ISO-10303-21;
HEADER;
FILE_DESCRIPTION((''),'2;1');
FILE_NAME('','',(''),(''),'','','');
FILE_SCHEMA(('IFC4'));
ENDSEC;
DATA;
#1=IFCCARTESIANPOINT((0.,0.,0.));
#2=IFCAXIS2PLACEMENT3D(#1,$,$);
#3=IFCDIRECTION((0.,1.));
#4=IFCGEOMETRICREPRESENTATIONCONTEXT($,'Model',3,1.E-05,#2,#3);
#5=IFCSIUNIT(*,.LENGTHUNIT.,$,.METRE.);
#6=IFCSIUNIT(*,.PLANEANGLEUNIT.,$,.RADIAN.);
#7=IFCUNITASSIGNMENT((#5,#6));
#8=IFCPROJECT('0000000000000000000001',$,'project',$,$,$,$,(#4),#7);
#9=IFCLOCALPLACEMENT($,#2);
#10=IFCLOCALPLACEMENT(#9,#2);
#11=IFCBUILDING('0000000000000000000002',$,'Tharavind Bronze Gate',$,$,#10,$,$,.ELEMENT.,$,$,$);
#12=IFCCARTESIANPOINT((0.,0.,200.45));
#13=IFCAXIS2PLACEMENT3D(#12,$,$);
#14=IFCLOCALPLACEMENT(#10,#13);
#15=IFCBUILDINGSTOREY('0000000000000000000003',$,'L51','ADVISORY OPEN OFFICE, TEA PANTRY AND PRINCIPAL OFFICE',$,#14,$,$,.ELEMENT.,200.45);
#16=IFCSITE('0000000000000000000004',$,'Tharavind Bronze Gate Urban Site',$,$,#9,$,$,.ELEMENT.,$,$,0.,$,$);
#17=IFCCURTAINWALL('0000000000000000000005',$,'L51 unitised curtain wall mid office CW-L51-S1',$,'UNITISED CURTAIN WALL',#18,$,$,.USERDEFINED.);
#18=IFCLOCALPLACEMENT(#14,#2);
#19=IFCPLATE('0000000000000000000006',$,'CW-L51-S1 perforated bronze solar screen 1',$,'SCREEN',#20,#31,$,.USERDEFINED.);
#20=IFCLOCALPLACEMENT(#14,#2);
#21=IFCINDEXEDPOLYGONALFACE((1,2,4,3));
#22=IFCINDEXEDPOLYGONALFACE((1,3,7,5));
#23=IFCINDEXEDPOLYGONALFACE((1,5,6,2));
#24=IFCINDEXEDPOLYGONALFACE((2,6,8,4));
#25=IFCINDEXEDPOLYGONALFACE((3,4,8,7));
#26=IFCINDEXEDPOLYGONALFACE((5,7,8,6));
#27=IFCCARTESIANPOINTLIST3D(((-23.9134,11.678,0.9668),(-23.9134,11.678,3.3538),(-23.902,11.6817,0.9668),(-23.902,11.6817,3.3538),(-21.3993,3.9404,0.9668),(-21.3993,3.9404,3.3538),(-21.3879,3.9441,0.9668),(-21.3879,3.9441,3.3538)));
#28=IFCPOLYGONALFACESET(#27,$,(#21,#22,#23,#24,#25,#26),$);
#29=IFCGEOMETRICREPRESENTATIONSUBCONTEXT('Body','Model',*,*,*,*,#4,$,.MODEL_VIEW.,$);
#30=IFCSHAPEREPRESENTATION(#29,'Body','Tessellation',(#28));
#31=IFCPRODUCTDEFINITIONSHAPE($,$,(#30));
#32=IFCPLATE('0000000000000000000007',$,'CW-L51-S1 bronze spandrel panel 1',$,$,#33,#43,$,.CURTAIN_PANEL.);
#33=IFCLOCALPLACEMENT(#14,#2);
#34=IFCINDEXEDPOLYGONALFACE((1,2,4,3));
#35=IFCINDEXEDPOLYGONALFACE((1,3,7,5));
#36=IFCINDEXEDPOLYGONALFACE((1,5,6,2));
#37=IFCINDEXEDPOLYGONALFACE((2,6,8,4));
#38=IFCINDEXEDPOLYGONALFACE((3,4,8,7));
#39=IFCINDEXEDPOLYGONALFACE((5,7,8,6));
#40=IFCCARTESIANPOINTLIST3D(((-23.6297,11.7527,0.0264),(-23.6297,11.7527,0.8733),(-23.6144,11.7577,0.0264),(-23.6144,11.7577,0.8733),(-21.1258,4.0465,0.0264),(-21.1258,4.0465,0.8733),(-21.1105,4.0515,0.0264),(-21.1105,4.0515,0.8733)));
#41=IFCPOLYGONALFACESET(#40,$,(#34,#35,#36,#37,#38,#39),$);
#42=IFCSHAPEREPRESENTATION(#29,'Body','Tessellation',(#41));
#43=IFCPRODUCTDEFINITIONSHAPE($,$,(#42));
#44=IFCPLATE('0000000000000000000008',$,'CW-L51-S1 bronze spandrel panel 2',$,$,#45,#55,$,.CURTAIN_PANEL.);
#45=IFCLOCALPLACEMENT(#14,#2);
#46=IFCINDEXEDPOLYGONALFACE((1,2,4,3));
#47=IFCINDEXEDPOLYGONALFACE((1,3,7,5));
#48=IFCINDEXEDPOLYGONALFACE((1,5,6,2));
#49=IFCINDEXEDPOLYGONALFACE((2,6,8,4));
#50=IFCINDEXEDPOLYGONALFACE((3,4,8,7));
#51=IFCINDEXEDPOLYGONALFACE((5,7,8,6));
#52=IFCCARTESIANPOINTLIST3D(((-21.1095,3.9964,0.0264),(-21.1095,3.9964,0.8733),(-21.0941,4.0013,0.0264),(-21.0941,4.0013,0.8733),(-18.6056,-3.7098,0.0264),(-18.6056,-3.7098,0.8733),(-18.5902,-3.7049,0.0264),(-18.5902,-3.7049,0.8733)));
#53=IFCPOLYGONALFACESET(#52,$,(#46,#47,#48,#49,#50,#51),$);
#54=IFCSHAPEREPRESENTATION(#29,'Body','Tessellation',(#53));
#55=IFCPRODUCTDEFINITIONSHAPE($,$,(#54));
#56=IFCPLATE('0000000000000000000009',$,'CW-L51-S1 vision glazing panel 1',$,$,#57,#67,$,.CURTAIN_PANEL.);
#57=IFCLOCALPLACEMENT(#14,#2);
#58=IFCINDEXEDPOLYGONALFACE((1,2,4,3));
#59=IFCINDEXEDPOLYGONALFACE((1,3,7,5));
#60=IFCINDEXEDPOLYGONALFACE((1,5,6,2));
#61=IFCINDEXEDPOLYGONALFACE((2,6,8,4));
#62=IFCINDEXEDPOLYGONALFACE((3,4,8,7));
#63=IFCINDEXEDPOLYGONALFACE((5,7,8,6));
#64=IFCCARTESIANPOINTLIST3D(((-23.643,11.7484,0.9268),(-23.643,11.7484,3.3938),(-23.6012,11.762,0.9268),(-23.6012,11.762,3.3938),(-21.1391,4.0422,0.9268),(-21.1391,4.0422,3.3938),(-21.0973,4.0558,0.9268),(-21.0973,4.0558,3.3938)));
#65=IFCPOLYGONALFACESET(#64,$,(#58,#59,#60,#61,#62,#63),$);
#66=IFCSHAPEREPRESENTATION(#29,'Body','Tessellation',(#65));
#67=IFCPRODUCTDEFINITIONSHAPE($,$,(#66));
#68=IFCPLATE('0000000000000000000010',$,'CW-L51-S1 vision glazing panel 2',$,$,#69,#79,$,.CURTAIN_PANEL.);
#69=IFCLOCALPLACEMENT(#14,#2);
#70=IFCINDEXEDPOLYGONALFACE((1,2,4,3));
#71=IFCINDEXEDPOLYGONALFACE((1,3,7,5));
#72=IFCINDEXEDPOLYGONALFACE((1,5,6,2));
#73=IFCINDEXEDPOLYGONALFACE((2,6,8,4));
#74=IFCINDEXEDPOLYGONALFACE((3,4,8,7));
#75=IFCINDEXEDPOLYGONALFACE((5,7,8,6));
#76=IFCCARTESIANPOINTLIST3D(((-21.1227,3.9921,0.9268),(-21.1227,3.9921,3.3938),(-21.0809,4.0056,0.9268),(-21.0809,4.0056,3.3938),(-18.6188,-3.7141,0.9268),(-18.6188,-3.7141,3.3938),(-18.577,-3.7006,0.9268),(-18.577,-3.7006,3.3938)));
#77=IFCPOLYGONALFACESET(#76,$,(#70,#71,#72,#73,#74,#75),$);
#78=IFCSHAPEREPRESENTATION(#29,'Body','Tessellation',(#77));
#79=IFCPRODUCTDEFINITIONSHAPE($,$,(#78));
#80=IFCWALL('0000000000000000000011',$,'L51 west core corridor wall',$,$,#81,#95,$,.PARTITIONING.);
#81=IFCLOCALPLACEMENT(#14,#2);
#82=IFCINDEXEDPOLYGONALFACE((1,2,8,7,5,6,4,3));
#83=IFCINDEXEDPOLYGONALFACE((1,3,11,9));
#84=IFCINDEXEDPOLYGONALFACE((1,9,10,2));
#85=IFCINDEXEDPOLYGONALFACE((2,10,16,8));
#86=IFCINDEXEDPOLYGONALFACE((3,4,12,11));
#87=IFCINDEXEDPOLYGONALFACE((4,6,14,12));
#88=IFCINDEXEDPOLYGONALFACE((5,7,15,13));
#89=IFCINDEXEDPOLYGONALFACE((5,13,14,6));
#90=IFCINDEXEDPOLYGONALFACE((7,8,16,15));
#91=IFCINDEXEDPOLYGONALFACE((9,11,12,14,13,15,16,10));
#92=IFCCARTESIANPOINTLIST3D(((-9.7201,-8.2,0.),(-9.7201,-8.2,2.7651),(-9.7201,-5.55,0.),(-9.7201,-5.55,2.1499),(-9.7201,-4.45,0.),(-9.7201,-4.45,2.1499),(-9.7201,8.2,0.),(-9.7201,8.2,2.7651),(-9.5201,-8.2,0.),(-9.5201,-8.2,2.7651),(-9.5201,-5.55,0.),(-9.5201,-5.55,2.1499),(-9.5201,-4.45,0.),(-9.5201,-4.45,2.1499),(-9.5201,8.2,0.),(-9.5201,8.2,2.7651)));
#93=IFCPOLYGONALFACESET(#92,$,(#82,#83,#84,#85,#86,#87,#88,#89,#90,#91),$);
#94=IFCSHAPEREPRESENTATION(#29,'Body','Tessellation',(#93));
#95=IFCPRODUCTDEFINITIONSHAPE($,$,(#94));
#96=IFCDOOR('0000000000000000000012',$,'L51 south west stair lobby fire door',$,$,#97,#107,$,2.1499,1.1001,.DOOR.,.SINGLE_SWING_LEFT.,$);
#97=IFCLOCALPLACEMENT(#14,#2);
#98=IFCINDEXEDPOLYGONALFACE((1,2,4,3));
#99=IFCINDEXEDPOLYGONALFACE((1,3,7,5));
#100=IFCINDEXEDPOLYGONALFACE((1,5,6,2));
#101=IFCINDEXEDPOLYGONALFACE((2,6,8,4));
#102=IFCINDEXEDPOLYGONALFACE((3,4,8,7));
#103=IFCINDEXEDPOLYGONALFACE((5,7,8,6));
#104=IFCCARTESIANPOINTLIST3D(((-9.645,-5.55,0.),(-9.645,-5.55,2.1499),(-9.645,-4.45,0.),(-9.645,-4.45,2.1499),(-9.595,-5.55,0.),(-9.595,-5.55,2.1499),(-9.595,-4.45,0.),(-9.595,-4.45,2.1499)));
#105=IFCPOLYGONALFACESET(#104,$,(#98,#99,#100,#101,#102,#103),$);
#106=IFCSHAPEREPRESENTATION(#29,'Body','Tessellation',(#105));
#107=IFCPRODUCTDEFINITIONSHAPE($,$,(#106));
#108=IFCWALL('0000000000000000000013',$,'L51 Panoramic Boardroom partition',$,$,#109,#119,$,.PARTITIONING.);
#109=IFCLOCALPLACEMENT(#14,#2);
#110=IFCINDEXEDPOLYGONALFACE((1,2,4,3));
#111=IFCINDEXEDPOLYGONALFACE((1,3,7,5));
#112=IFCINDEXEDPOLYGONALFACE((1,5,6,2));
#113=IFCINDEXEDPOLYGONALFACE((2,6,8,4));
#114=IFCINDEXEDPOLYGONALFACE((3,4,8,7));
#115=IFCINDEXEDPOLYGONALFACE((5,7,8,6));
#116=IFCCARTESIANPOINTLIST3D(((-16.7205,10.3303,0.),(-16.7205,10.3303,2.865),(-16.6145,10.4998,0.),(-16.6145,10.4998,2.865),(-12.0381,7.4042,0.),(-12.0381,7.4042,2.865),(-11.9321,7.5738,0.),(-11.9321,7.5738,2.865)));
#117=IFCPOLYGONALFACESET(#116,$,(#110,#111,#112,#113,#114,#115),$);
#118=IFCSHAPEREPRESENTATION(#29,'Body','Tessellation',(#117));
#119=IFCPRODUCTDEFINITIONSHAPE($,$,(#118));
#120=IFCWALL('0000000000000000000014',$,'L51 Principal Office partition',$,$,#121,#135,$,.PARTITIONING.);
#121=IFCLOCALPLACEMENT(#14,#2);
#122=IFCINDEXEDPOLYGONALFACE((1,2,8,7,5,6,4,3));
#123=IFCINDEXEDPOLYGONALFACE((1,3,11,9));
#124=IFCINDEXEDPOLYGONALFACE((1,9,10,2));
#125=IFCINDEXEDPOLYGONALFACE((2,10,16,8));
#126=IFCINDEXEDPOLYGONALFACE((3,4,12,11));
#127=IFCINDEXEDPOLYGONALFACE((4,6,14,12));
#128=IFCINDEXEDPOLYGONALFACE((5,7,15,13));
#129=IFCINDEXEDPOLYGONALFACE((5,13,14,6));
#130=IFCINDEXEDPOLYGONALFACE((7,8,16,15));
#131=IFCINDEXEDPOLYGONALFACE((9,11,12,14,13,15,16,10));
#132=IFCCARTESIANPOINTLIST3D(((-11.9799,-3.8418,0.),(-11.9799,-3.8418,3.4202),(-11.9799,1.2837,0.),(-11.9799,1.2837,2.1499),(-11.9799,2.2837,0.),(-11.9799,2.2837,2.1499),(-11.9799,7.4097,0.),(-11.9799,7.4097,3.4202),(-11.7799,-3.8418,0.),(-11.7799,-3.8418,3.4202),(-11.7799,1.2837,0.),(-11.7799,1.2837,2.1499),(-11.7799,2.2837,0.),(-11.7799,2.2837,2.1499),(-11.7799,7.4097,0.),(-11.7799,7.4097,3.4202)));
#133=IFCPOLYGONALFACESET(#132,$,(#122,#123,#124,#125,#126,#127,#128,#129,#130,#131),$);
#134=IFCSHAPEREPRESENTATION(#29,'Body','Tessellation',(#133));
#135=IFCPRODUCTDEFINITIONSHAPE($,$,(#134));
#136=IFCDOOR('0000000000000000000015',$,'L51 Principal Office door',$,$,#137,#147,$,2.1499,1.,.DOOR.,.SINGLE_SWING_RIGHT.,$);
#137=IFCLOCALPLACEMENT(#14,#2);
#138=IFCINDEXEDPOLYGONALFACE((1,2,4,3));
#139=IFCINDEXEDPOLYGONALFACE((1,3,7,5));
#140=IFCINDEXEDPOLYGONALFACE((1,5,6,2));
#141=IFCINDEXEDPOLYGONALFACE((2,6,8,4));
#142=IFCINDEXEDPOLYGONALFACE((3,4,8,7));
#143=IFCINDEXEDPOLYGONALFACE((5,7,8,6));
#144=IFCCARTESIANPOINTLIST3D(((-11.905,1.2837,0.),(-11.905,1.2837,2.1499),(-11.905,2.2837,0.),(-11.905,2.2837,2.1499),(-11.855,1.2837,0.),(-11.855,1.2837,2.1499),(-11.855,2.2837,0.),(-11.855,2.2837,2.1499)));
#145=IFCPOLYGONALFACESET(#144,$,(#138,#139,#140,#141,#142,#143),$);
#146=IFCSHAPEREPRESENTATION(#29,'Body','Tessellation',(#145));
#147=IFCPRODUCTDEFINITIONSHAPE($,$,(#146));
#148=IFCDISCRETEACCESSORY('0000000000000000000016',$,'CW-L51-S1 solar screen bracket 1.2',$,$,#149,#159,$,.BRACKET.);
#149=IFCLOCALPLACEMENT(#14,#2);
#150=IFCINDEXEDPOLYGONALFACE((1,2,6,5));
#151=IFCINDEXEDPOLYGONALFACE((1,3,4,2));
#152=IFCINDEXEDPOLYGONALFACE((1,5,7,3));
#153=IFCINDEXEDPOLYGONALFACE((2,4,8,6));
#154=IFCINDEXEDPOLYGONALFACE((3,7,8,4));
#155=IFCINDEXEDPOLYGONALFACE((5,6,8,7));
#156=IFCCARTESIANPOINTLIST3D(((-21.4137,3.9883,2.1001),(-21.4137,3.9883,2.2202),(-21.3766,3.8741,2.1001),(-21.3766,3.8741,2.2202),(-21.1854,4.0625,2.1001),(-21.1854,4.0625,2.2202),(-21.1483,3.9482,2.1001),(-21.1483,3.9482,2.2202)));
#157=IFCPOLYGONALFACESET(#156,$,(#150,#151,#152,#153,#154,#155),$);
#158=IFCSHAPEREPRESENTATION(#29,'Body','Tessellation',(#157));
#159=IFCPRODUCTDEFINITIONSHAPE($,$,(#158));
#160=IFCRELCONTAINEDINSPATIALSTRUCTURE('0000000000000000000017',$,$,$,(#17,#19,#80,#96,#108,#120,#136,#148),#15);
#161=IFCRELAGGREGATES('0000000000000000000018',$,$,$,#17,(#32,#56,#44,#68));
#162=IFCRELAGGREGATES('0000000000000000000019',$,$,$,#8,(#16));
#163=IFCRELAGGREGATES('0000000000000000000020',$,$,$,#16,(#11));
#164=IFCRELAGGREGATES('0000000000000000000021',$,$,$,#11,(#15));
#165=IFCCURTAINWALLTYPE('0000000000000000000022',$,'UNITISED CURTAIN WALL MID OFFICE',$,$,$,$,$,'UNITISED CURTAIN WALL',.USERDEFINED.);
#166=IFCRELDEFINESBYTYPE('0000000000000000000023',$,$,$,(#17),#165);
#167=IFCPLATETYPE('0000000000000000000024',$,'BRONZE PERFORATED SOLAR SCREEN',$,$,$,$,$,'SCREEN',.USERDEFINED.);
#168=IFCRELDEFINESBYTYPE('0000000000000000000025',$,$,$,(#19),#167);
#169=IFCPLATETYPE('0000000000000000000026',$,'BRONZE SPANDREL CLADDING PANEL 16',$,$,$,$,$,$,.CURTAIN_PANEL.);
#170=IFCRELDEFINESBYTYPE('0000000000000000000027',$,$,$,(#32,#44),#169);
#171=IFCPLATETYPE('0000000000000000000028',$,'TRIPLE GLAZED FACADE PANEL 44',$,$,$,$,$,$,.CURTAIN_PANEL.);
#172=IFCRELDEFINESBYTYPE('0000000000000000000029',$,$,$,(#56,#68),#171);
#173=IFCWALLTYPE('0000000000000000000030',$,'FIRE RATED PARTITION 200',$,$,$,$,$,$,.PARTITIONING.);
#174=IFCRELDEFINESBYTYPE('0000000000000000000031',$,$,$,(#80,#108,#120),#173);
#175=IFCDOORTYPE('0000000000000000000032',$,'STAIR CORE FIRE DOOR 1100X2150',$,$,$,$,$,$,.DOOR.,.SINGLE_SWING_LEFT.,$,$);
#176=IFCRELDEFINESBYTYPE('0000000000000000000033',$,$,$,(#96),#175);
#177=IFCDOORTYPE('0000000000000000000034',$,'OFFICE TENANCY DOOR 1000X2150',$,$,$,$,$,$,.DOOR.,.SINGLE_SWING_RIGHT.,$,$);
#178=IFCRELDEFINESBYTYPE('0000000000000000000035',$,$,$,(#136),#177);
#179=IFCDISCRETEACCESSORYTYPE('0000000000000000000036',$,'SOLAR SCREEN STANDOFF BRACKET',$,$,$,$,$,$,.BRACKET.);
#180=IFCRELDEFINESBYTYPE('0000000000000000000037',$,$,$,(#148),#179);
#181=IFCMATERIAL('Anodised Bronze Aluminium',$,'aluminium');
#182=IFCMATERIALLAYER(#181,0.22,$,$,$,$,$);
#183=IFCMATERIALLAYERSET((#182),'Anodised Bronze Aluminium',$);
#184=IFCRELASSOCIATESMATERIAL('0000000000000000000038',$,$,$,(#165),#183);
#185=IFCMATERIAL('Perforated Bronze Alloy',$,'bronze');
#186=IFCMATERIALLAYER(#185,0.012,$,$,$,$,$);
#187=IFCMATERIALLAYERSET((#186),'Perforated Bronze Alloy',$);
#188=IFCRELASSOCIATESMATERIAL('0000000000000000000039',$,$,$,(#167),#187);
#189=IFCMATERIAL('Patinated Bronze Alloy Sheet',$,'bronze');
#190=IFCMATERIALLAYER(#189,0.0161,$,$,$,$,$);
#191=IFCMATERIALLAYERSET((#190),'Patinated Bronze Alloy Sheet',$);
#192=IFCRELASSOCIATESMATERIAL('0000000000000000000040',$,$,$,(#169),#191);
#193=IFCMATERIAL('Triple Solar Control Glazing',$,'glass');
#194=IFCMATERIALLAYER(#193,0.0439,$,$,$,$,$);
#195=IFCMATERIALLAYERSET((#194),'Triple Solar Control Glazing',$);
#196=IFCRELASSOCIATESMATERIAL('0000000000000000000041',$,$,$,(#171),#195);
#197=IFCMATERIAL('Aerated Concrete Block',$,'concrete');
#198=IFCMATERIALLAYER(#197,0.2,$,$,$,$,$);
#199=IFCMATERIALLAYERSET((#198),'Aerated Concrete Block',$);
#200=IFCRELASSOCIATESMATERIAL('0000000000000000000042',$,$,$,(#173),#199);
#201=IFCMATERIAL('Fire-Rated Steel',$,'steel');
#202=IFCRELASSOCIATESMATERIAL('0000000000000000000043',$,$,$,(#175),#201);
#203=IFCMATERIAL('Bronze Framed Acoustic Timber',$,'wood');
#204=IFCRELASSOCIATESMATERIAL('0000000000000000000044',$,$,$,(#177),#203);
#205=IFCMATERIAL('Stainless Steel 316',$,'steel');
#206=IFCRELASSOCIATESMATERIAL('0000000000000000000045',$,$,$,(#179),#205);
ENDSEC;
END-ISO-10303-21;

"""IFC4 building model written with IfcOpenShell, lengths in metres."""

from ifc_helpers import new_model, si_unit, direction, frame, frame_2d, origin, origin_2d, place, context, subcontext, project, spatial, rectangle, extrude, material, layer, layer_set, type_object, element, fill, aggregate, save


model = new_model("IFC4")

# Units and contexts
model_context = context("Model", 3, precision=1e-05, world=origin(), true_north=direction((0.0, 1.0)))
body_context = subcontext(model_context, "Body", "Model", "MODEL_VIEW")
ifc_project = project(units=[si_unit("LENGTHUNIT", "METRE"), si_unit("PLANEANGLEUNIT", "RADIAN")], contexts=[model_context])

# Site, building, storey
site_placement = place(None, origin())
site = spatial("IfcSite", under=ifc_project, at=site_placement, Name="Tharavind Bronze Gate Urban Site", CompositionType="ELEMENT", RefElevation=0.0)
building_placement = place(site_placement, origin())
building = spatial("IfcBuilding", under=site, at=building_placement, Name="Tharavind Bronze Gate", CompositionType="ELEMENT")
storey_placement = place(building_placement, frame((0.0, 0.0, 200.45)))
storey = spatial("IfcBuildingStorey", under=building, at=storey_placement, Name="L51", Description="ADVISORY OPEN OFFICE, TEA PANTRY AND PRINCIPAL OFFICE", CompositionType="ELEMENT", Elevation=200.45)

# Curtain wall
ifc_material_1 = material(Name="Anodised Bronze Aluminium", Category="aluminium")
ifc_layer_1 = layer(ifc_material_1, 0.22)
ifc_layer_set_1 = layer_set([ifc_layer_1], Name="Anodised Bronze Aluminium")
curtain_wall_type = type_object("IfcCurtainWallType", Name="UNITISED CURTAIN WALL MID OFFICE", ElementType="UNITISED CURTAIN WALL", PredefinedType="USERDEFINED", material=ifc_layer_set_1)
curtain_wall_placement = place(storey_placement, origin())
curtain_wall = element("IfcCurtainWall", 1, at=curtain_wall_placement, inside=storey, type_object=curtain_wall_type, Name="L51 unitised curtain wall mid office CW-L51-S1", ObjectType="UNITISED CURTAIN WALL", PredefinedType="USERDEFINED")

# Plates
ifc_material_2 = material(Name="Perforated Bronze Alloy", Category="bronze")
ifc_layer_2 = layer(ifc_material_2, 0.012)
ifc_layer_set_2 = layer_set([ifc_layer_2], Name="Perforated Bronze Alloy")
plate_type_1 = type_object("IfcPlateType", Name="BRONZE PERFORATED SOLAR SCREEN", ElementType="SCREEN", PredefinedType="USERDEFINED", material=ifc_layer_set_2)
plate_1_placement = place(storey_placement, frame((-22.6506, 7.811, 0.9668), z_axis=(0.0, 0.0, 1.0), x_axis=(0.309017, -0.951057, 0.0)))
element("IfcPlate", 2, at=plate_1_placement, inside=storey, type_object=plate_type_1, Name="CW-L51-S1 perforated bronze solar screen 1", ObjectType="SCREEN", PredefinedType="USERDEFINED", context=body_context, shape_type="SweptSolid", body=[
    extrude(rectangle(XDim=8.1357, YDim=0.012, at=origin_2d()), origin(), (0.0, 0.0, 1.0), 2.387),
])
ifc_material_3 = material(Name="Patinated Bronze Alloy Sheet", Category="bronze")
ifc_layer_3 = layer(ifc_material_3, 0.0161)
ifc_layer_set_3 = layer_set([ifc_layer_3], Name="Patinated Bronze Alloy Sheet")
plate_type_2 = type_object("IfcPlateType", Name="BRONZE SPANDREL CLADDING PANEL 16", PredefinedType="CURTAIN_PANEL", material=ifc_layer_set_3)
plate_2_placement = place(storey_placement, frame((-22.3701, 7.9021, 0.0264), z_axis=(0.0, 0.0, 1.0), x_axis=(0.309017, -0.951057, 0.0)))
plate_2 = element("IfcPlate", 3, at=plate_2_placement, type_object=plate_type_2, Name="CW-L51-S1 bronze spandrel panel 1", PredefinedType="CURTAIN_PANEL", context=body_context, shape_type="SweptSolid", body=[
    extrude(rectangle(XDim=8.1028, YDim=0.0161, at=origin_2d()), origin(), (0.0, 0.0, 1.0), 0.8469),
])
plate_3_placement = place(storey_placement, frame((-19.8499, 0.1458, 0.0264), z_axis=(0.0, 0.0, 1.0), x_axis=(0.309017, -0.951057, 0.0)))
plate_3 = element("IfcPlate", 4, at=plate_3_placement, type_object=plate_type_2, Name="CW-L51-S1 bronze spandrel panel 2", PredefinedType="CURTAIN_PANEL", context=body_context, shape_type="SweptSolid", body=[
    extrude(rectangle(XDim=8.1028, YDim=0.0161, at=origin_2d()), origin(), (0.0, 0.0, 1.0), 0.8469),
])
ifc_material_4 = material(Name="Triple Solar Control Glazing", Category="glass")
ifc_layer_4 = layer(ifc_material_4, 0.0439)
ifc_layer_set_4 = layer_set([ifc_layer_4], Name="Triple Solar Control Glazing")
plate_type_3 = type_object("IfcPlateType", Name="TRIPLE GLAZED FACADE PANEL 44", PredefinedType="CURTAIN_PANEL", material=ifc_layer_set_4)
plate_4_placement = place(storey_placement, frame((-22.3701, 7.9021, 0.9268), z_axis=(0.0, 0.0, 1.0), x_axis=(0.309017, -0.951057, 0.0)))
plate_4 = element("IfcPlate", 5, at=plate_4_placement, type_object=plate_type_3, Name="CW-L51-S1 vision glazing panel 1", PredefinedType="CURTAIN_PANEL", context=body_context, shape_type="SweptSolid", body=[
    extrude(rectangle(XDim=8.1028, YDim=0.0439, at=origin_2d()), origin(), (0.0, 0.0, 1.0), 2.467),
])
plate_5_placement = place(storey_placement, frame((-19.8499, 0.1458, 0.9268), z_axis=(0.0, 0.0, 1.0), x_axis=(0.309017, -0.951057, 0.0)))
plate_5 = element("IfcPlate", 6, at=plate_5_placement, type_object=plate_type_3, Name="CW-L51-S1 vision glazing panel 2", PredefinedType="CURTAIN_PANEL", context=body_context, shape_type="SweptSolid", body=[
    extrude(rectangle(XDim=8.1028, YDim=0.0439, at=origin_2d()), origin(), (0.0, 0.0, 1.0), 2.467),
])
aggregate(curtain_wall, [plate_2, plate_4, plate_3, plate_5])

# Wall, opening, door
ifc_material_5 = material(Name="Aerated Concrete Block", Category="concrete")
ifc_layer_5 = layer(ifc_material_5, 0.2)
ifc_layer_set_5 = layer_set([ifc_layer_5], Name="Aerated Concrete Block")
wall_type = type_object("IfcWallType", Name="FIRE RATED PARTITION 200", PredefinedType="PARTITIONING", material=ifc_layer_set_5)
wall_1_placement = place(storey_placement, frame((-9.6201, 8.2, 0.0), z_axis=(0.0, 0.0, 1.0), x_axis=(0.0, -1.0, 0.0)))
wall_1 = element("IfcWall", 7, at=wall_1_placement, inside=storey, type_object=wall_type, Name="L51 west core corridor wall", PredefinedType="PARTITIONING", context=body_context, shape_type="SweptSolid", body=[
    extrude(rectangle(XDim=16.3999, YDim=0.2, at=frame_2d((8.2, 0.0))), origin(), (0.0, 0.0, 1.0), 2.7651),
])
opening_1_placement = place(wall_1_placement, frame((12.6499, 0.0, 0.0)))
opening_1 = element("IfcOpeningElement", 8, at=opening_1_placement, cuts=wall_1, PredefinedType="OPENING", context=body_context, shape_type="SweptSolid", body=[
    extrude(rectangle(XDim=1.1001, YDim=2.1499, at=frame_2d((0.55, 1.075))), frame((0.0, 0.1101, 0.0), z_axis=(0.0, -1.0, 0.0), x_axis=(1.0, 0.0, 0.0)), (0.0, 0.0, 1.0), 0.22),
])
ifc_material_6 = material(Name="Fire-Rated Steel", Category="steel")
door_type_1 = type_object("IfcDoorType", Name="STAIR CORE FIRE DOOR 1100X2150", OperationType="SINGLE_SWING_LEFT", PredefinedType="DOOR", material=ifc_material_6)
door_1_placement = place(opening_1_placement, frame((1.1001, 0.0, 0.0), z_axis=(0.0, 0.0, 1.0), x_axis=(-1.0, 0.0, 0.0)))
door_1 = element("IfcDoor", 9, at=door_1_placement, inside=storey, type_object=door_type_1, Name="L51 south west stair lobby fire door", OperationType="SINGLE_SWING_LEFT", OverallHeight=2.1499, OverallWidth=1.1001, PredefinedType="DOOR", context=body_context, shape_type="SweptSolid", body=[
    extrude(rectangle(XDim=1.1001, YDim=2.1499, at=frame_2d((0.55, 1.075))), frame((0.0, 0.0249, 0.0), z_axis=(0.0, -1.0, 0.0), x_axis=(1.0, 0.0, 0.0)), (0.0, 0.0, 1.0), 0.05),
])
fill(opening_1, door_1)

# Wall
wall_2_placement = place(storey_placement, frame((-11.9851, 7.489, 0.0), z_axis=(0.0, 0.0, 1.0), x_axis=(-0.848036, 0.529939, 0.0)))
element("IfcWall", 10, at=wall_2_placement, inside=storey, type_object=wall_type, Name="L51 Panoramic Boardroom partition", PredefinedType="PARTITIONING", context=body_context, shape_type="SweptSolid", body=[
    extrude(rectangle(XDim=5.5215, YDim=0.2, at=frame_2d((2.7607, 0.0))), origin(), (0.0, 0.0, 1.0), 2.865),
])

# Wall, opening, door
wall_3_placement = place(storey_placement, frame((-11.8799, 7.4097, 0.0), z_axis=(0.0, 0.0, 1.0), x_axis=(0.0, -1.0, 0.0)))
wall_3 = element("IfcWall", 11, at=wall_3_placement, inside=storey, type_object=wall_type, Name="L51 Principal Office partition", PredefinedType="PARTITIONING", context=body_context, shape_type="SweptSolid", body=[
    extrude(rectangle(XDim=11.2515, YDim=0.2, at=frame_2d((5.6257, 0.0))), origin(), (0.0, 0.0, 1.0), 3.4202),
])
opening_2_placement = place(wall_3_placement, frame((5.126, 0.0, 0.0)))
opening_2 = element("IfcOpeningElement", 12, at=opening_2_placement, cuts=wall_3, PredefinedType="OPENING", context=body_context, shape_type="SweptSolid", body=[
    extrude(rectangle(XDim=1.0, YDim=2.1499, at=frame_2d((0.5, 1.075))), frame((0.0, 0.1101, 0.0), z_axis=(0.0, -1.0, 0.0), x_axis=(1.0, 0.0, 0.0)), (0.0, 0.0, 1.0), 0.22),
])
ifc_material_7 = material(Name="Bronze Framed Acoustic Timber", Category="wood")
door_type_2 = type_object("IfcDoorType", Name="OFFICE TENANCY DOOR 1000X2150", OperationType="SINGLE_SWING_RIGHT", PredefinedType="DOOR", material=ifc_material_7)
door_2_placement = place(opening_2_placement, origin())
door_2 = element("IfcDoor", 13, at=door_2_placement, inside=storey, type_object=door_type_2, Name="L51 Principal Office door", OperationType="SINGLE_SWING_RIGHT", OverallHeight=2.1499, OverallWidth=1.0, PredefinedType="DOOR", context=body_context, shape_type="SweptSolid", body=[
    extrude(rectangle(XDim=1.0, YDim=2.1499, at=frame_2d((0.5, 1.075))), frame((0.0, 0.0249, 0.0), z_axis=(0.0, -1.0, 0.0), x_axis=(1.0, 0.0, 0.0)), (0.0, 0.0, 1.0), 0.05),
])
fill(opening_2, door_2)

# Discrete accessory
ifc_material_8 = material(Name="Stainless Steel 316", Category="steel")
discrete_accessory_type = type_object("IfcDiscreteAccessoryType", Name="SOLAR SCREEN STANDOFF BRACKET", PredefinedType="BRACKET", material=ifc_material_8)
discrete_accessory_placement = place(storey_placement, frame((-21.281, 3.9683, 2.1001), z_axis=(0.0, 0.0, 1.0), x_axis=(0.309017, -0.951057, 0.0)))
element("IfcDiscreteAccessory", 14, at=discrete_accessory_placement, inside=storey, type_object=discrete_accessory_type, Name="CW-L51-S1 solar screen bracket 1.2", PredefinedType="BRACKET", context=body_context, shape_type="SweptSolid", body=[
    extrude(rectangle(XDim=0.1201, YDim=0.24, at=origin_2d()), origin(), (0.0, 0.0, 1.0), 0.1201),
])

save(model, "model.ifc")
